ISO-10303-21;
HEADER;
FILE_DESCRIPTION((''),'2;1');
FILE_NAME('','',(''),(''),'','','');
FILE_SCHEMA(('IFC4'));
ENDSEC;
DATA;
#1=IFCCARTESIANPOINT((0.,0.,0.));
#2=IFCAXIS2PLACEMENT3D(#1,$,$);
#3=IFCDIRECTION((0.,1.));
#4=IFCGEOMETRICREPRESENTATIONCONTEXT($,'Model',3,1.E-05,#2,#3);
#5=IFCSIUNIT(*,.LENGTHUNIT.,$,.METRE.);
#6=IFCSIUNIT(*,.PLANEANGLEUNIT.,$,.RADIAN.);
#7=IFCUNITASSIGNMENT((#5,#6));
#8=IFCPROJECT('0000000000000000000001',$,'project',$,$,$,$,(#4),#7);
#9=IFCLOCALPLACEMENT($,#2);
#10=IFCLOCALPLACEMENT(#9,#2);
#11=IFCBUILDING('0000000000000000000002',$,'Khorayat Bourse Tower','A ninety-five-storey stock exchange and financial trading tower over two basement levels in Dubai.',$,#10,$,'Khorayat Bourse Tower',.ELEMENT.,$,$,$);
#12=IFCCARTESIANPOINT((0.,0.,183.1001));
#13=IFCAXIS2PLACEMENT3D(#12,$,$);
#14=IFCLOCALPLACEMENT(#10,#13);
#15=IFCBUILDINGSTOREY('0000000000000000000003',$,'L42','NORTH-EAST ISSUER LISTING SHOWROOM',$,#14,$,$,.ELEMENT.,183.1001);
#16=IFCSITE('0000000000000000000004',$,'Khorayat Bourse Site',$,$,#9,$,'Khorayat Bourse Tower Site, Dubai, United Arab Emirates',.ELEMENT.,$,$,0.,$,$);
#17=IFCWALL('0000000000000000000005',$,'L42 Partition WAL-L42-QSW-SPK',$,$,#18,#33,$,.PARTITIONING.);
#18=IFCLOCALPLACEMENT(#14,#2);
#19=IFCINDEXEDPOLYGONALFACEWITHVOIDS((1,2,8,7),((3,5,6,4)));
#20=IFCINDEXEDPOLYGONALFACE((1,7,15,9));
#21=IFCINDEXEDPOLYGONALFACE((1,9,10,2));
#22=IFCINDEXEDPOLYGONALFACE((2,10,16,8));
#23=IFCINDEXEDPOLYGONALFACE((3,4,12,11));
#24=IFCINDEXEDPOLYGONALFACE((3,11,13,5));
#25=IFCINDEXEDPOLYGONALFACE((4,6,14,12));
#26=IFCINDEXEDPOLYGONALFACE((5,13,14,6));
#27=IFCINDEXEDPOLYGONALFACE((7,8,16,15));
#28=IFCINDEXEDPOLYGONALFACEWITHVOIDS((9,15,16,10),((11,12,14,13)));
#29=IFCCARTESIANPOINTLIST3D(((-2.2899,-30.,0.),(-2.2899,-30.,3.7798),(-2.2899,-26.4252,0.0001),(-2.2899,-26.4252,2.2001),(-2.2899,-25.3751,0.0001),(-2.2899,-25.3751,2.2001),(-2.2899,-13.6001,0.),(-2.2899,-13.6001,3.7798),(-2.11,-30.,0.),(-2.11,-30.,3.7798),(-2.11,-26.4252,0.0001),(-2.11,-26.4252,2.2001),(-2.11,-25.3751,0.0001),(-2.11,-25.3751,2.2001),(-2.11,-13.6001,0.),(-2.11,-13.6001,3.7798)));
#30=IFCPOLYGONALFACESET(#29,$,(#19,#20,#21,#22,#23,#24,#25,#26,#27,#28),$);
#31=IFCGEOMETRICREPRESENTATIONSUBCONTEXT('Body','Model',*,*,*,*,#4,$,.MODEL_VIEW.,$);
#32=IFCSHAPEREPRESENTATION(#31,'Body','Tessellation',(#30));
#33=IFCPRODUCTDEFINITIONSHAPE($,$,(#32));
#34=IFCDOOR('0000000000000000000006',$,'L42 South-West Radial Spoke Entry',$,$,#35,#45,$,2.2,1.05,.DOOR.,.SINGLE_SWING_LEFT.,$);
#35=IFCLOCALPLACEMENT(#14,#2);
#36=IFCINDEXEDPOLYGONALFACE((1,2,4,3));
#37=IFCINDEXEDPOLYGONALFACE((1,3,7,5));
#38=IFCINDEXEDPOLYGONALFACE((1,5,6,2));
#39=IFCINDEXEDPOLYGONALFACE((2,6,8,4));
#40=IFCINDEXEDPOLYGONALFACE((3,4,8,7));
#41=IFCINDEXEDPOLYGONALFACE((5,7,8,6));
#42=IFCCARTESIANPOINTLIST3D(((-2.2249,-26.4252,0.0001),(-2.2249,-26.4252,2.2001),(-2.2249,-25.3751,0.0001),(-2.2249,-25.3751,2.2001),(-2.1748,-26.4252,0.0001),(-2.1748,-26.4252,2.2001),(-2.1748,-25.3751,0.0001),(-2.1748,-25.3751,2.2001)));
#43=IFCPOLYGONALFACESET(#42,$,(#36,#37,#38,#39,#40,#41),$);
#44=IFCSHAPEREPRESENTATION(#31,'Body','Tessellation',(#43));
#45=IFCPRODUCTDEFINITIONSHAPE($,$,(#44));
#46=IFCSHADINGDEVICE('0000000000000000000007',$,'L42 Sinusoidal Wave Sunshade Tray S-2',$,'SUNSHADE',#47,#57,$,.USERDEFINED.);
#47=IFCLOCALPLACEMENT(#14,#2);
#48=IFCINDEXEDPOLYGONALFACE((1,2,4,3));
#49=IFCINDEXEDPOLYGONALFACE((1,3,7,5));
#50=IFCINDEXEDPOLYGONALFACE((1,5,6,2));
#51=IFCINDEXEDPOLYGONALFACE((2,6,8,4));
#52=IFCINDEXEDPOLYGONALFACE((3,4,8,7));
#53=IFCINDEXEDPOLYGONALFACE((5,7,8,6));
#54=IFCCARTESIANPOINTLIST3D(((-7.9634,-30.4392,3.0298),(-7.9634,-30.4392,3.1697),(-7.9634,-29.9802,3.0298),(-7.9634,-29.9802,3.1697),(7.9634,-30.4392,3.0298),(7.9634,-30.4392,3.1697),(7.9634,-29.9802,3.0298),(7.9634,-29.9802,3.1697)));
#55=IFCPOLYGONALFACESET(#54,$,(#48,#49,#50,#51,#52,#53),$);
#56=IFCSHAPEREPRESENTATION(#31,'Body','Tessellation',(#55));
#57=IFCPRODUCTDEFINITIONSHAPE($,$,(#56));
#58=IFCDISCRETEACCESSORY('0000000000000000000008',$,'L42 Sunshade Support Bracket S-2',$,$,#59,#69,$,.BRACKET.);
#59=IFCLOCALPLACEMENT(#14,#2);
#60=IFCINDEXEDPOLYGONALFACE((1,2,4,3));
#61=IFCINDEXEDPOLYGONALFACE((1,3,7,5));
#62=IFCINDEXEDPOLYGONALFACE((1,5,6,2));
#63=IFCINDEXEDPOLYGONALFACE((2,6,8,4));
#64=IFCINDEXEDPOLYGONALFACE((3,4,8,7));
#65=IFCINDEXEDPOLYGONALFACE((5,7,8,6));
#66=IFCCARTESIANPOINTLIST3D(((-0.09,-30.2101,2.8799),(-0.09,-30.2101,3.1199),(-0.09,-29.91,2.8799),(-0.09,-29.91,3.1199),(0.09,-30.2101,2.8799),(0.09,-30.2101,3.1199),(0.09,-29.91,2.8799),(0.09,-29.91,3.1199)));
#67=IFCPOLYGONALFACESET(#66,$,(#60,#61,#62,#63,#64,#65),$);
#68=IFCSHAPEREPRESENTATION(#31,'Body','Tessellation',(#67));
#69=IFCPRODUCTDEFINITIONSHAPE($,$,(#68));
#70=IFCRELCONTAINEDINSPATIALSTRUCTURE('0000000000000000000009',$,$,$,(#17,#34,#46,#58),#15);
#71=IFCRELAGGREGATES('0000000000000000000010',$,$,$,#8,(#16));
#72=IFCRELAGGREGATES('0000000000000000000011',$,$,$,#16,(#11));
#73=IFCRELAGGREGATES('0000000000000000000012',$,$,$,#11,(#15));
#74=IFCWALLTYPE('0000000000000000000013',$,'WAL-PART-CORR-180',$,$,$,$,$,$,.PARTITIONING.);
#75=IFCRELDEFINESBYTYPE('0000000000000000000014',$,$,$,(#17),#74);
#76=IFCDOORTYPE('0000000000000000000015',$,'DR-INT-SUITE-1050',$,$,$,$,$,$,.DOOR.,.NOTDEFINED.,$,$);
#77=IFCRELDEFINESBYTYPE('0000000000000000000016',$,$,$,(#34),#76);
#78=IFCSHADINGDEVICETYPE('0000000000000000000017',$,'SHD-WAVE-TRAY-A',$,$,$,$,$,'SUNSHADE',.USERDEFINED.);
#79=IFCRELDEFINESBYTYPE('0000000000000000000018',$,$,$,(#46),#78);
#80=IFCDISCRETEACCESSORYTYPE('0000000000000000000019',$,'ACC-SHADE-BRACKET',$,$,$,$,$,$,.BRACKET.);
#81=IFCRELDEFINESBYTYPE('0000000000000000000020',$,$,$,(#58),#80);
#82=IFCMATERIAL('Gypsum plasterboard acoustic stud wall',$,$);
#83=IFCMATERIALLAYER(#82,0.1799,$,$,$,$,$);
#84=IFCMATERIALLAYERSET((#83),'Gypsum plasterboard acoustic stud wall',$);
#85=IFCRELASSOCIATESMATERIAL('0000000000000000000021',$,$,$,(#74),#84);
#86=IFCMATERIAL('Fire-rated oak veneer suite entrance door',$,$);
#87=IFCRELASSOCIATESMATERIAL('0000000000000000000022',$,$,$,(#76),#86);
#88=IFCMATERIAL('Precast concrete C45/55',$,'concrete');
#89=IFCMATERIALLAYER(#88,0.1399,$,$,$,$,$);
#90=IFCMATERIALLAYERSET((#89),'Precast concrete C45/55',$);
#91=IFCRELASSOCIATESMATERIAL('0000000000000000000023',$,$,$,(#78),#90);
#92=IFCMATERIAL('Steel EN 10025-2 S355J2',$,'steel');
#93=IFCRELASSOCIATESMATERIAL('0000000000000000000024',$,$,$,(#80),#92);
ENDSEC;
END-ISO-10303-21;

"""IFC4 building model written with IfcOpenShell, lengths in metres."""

from ifc_helpers import new_model, si_unit, direction, frame, frame_2d, origin, origin_2d, place, context, subcontext, project, spatial, rectangle, extrude, source, transform, mapped, material, layer, layer_set, type_object, element, fill, save


model = new_model("IFC4")

# Units and contexts
model_context = context("Model", 3, precision=1e-05, world=origin(), true_north=direction((0.0, 1.0)))
body_context = subcontext(model_context, "Body", "Model", "MODEL_VIEW")
ifc_project = project(units=[si_unit("LENGTHUNIT", "METRE"), si_unit("PLANEANGLEUNIT", "RADIAN")], contexts=[model_context])

# Site, building, storey
site_placement = place(None, origin())
site = spatial("IfcSite", under=ifc_project, at=site_placement, Name="Khorayat Bourse Site", LongName="Khorayat Bourse Tower Site, Dubai, United Arab Emirates", CompositionType="ELEMENT", RefElevation=0.0)
building_placement = place(site_placement, origin())
building = spatial("IfcBuilding", under=site, at=building_placement, Name="Khorayat Bourse Tower", Description="A ninety-five-storey stock exchange and financial trading tower over two basement levels in Dubai.", LongName="Khorayat Bourse Tower", CompositionType="ELEMENT")
storey_placement = place(building_placement, frame((0.0, 0.0, 183.1001)))
storey = spatial("IfcBuildingStorey", under=building, at=storey_placement, Name="L42", Description="NORTH-EAST ISSUER LISTING SHOWROOM", CompositionType="ELEMENT", Elevation=183.1001)

# Shared definitions
ifc_material_1 = material(Name="Steel EN 10025-2 S355J2", Category="steel")

# Wall, opening, door
ifc_material_2 = material(Name="Gypsum plasterboard acoustic stud wall")
ifc_layer_1 = layer(ifc_material_2, 0.1799)
ifc_layer_set_1 = layer_set([ifc_layer_1], Name="Gypsum plasterboard acoustic stud wall")
wall_type_1 = type_object("IfcWallType", Name="WAL-PART-CORR-180", PredefinedType="PARTITIONING", material=ifc_layer_set_1)
shared_shape_1 = source(origin(), body_context, "Body", "SweptSolid", [
    extrude(rectangle(XDim=16.3999, YDim=0.1799, at=frame_2d((8.2, 0.0))), origin(), (0.0, 0.0, 1.0), 3.7798),
])
wall_1_placement = place(storey_placement, frame((-2.2, -30.0, 0.0), z_axis=(0.0, 0.0, 1.0), x_axis=(0.0, 1.0, 0.0)))
wall_1 = element("IfcWall", 1, at=wall_1_placement, inside=storey, type_object=wall_type_1, Name="L42 Partition WAL-L42-QSW-SPK", PredefinedType="PARTITIONING", context=body_context, shape_type="MappedRepresentation", body=[
    mapped(shared_shape_1, transform((0.0, 0.0, 0.0), scale=1.0)),
])
shared_shape_2 = source(origin(), body_context, "Body", "SweptSolid", [
    extrude(rectangle(XDim=1.05, YDim=2.2, at=frame_2d((0.5249, 1.1001))), frame((0.0, 0.0999, 0.0), z_axis=(0.0, -1.0, 0.0), x_axis=(1.0, 0.0, 0.0)), (0.0, 0.0, 1.0), 0.2),
])
opening_1_placement = place(wall_1_placement, frame((3.575, 0.0, 0.0)))
opening_1 = element("IfcOpeningElement", 2, at=opening_1_placement, cuts=wall_1, PredefinedType="OPENING", context=body_context, shape_type="MappedRepresentation", body=[
    mapped(shared_shape_2, transform((0.0, 0.0, 0.0), scale=1.0)),
])
ifc_material_3 = material(Name="Fire-rated oak veneer suite entrance door")
door_type_1 = type_object("IfcDoorType", Name="DR-INT-SUITE-1050", OperationType="NOTDEFINED", PredefinedType="DOOR", material=ifc_material_3)
shared_shape_3 = source(origin(), body_context, "Body", "SweptSolid", [
    extrude(rectangle(XDim=1.05, YDim=2.2, at=frame_2d((0.5249, 1.1001))), frame((0.0, 0.0249, 0.0), z_axis=(0.0, -1.0, 0.0), x_axis=(1.0, 0.0, 0.0)), (0.0, 0.0, 1.0), 0.05),
])
door_1_placement = place(opening_1_placement, origin())
door_1 = element("IfcDoor", 3, at=door_1_placement, inside=storey, type_object=door_type_1, Name="L42 South-West Radial Spoke Entry", OperationType="SINGLE_SWING_LEFT", OverallHeight=2.2, OverallWidth=1.05, PredefinedType="DOOR", context=body_context, shape_type="MappedRepresentation", body=[
    mapped(shared_shape_3, transform((0.0, 0.0, 0.0), scale=1.0)),
])
fill(opening_1, door_1)

# Shading device
ifc_material_4 = material(Name="Precast concrete C45/55", Category="concrete")
ifc_layer_2 = layer(ifc_material_4, 0.1399)
ifc_layer_set_2 = layer_set([ifc_layer_2], Name="Precast concrete C45/55")
shading_device_type = type_object("IfcShadingDeviceType", Name="SHD-WAVE-TRAY-A", ElementType="SUNSHADE", PredefinedType="USERDEFINED", material=ifc_layer_set_2)
shared_shape_4 = source(origin(), body_context, "Body", "SweptSolid", [
    extrude(rectangle(XDim=15.9268, YDim=0.459, at=origin_2d()), origin(), (0.0, 0.0, 1.0), 0.1399),
])
shading_device_placement = place(storey_placement, frame((0.0, -30.2097, 3.0298), z_axis=(0.0, 0.0, 1.0), x_axis=(1.0, 0.0, 0.0)))
element("IfcShadingDevice", 4, at=shading_device_placement, inside=storey, type_object=shading_device_type, Name="L42 Sinusoidal Wave Sunshade Tray S-2", ObjectType="SUNSHADE", PredefinedType="USERDEFINED", context=body_context, shape_type="MappedRepresentation", body=[
    mapped(shared_shape_4, transform((0.0, 0.0, 0.0), scale=1.0)),
])

# Discrete accessory
discrete_accessory_type = type_object("IfcDiscreteAccessoryType", Name="ACC-SHADE-BRACKET", PredefinedType="BRACKET", material=ifc_material_1)
shared_shape_5 = source(origin(), body_context, "Body", "SweptSolid", [
    extrude(rectangle(XDim=0.1799, YDim=0.3, at=origin_2d()), origin(), (0.0, 0.0, 1.0), 0.24),
])
discrete_accessory_placement = place(storey_placement, frame((0.0, -30.0601, 2.8799), z_axis=(0.0, 0.0, 1.0), x_axis=(1.0, 0.0, 0.0)))
element("IfcDiscreteAccessory", 5, at=discrete_accessory_placement, inside=storey, type_object=discrete_accessory_type, Name="L42 Sunshade Support Bracket S-2", PredefinedType="BRACKET", context=body_context, shape_type="MappedRepresentation", body=[
    mapped(shared_shape_5, transform((0.0, 0.0, 0.0), scale=1.0)),
])

save(model, "model.ifc")
